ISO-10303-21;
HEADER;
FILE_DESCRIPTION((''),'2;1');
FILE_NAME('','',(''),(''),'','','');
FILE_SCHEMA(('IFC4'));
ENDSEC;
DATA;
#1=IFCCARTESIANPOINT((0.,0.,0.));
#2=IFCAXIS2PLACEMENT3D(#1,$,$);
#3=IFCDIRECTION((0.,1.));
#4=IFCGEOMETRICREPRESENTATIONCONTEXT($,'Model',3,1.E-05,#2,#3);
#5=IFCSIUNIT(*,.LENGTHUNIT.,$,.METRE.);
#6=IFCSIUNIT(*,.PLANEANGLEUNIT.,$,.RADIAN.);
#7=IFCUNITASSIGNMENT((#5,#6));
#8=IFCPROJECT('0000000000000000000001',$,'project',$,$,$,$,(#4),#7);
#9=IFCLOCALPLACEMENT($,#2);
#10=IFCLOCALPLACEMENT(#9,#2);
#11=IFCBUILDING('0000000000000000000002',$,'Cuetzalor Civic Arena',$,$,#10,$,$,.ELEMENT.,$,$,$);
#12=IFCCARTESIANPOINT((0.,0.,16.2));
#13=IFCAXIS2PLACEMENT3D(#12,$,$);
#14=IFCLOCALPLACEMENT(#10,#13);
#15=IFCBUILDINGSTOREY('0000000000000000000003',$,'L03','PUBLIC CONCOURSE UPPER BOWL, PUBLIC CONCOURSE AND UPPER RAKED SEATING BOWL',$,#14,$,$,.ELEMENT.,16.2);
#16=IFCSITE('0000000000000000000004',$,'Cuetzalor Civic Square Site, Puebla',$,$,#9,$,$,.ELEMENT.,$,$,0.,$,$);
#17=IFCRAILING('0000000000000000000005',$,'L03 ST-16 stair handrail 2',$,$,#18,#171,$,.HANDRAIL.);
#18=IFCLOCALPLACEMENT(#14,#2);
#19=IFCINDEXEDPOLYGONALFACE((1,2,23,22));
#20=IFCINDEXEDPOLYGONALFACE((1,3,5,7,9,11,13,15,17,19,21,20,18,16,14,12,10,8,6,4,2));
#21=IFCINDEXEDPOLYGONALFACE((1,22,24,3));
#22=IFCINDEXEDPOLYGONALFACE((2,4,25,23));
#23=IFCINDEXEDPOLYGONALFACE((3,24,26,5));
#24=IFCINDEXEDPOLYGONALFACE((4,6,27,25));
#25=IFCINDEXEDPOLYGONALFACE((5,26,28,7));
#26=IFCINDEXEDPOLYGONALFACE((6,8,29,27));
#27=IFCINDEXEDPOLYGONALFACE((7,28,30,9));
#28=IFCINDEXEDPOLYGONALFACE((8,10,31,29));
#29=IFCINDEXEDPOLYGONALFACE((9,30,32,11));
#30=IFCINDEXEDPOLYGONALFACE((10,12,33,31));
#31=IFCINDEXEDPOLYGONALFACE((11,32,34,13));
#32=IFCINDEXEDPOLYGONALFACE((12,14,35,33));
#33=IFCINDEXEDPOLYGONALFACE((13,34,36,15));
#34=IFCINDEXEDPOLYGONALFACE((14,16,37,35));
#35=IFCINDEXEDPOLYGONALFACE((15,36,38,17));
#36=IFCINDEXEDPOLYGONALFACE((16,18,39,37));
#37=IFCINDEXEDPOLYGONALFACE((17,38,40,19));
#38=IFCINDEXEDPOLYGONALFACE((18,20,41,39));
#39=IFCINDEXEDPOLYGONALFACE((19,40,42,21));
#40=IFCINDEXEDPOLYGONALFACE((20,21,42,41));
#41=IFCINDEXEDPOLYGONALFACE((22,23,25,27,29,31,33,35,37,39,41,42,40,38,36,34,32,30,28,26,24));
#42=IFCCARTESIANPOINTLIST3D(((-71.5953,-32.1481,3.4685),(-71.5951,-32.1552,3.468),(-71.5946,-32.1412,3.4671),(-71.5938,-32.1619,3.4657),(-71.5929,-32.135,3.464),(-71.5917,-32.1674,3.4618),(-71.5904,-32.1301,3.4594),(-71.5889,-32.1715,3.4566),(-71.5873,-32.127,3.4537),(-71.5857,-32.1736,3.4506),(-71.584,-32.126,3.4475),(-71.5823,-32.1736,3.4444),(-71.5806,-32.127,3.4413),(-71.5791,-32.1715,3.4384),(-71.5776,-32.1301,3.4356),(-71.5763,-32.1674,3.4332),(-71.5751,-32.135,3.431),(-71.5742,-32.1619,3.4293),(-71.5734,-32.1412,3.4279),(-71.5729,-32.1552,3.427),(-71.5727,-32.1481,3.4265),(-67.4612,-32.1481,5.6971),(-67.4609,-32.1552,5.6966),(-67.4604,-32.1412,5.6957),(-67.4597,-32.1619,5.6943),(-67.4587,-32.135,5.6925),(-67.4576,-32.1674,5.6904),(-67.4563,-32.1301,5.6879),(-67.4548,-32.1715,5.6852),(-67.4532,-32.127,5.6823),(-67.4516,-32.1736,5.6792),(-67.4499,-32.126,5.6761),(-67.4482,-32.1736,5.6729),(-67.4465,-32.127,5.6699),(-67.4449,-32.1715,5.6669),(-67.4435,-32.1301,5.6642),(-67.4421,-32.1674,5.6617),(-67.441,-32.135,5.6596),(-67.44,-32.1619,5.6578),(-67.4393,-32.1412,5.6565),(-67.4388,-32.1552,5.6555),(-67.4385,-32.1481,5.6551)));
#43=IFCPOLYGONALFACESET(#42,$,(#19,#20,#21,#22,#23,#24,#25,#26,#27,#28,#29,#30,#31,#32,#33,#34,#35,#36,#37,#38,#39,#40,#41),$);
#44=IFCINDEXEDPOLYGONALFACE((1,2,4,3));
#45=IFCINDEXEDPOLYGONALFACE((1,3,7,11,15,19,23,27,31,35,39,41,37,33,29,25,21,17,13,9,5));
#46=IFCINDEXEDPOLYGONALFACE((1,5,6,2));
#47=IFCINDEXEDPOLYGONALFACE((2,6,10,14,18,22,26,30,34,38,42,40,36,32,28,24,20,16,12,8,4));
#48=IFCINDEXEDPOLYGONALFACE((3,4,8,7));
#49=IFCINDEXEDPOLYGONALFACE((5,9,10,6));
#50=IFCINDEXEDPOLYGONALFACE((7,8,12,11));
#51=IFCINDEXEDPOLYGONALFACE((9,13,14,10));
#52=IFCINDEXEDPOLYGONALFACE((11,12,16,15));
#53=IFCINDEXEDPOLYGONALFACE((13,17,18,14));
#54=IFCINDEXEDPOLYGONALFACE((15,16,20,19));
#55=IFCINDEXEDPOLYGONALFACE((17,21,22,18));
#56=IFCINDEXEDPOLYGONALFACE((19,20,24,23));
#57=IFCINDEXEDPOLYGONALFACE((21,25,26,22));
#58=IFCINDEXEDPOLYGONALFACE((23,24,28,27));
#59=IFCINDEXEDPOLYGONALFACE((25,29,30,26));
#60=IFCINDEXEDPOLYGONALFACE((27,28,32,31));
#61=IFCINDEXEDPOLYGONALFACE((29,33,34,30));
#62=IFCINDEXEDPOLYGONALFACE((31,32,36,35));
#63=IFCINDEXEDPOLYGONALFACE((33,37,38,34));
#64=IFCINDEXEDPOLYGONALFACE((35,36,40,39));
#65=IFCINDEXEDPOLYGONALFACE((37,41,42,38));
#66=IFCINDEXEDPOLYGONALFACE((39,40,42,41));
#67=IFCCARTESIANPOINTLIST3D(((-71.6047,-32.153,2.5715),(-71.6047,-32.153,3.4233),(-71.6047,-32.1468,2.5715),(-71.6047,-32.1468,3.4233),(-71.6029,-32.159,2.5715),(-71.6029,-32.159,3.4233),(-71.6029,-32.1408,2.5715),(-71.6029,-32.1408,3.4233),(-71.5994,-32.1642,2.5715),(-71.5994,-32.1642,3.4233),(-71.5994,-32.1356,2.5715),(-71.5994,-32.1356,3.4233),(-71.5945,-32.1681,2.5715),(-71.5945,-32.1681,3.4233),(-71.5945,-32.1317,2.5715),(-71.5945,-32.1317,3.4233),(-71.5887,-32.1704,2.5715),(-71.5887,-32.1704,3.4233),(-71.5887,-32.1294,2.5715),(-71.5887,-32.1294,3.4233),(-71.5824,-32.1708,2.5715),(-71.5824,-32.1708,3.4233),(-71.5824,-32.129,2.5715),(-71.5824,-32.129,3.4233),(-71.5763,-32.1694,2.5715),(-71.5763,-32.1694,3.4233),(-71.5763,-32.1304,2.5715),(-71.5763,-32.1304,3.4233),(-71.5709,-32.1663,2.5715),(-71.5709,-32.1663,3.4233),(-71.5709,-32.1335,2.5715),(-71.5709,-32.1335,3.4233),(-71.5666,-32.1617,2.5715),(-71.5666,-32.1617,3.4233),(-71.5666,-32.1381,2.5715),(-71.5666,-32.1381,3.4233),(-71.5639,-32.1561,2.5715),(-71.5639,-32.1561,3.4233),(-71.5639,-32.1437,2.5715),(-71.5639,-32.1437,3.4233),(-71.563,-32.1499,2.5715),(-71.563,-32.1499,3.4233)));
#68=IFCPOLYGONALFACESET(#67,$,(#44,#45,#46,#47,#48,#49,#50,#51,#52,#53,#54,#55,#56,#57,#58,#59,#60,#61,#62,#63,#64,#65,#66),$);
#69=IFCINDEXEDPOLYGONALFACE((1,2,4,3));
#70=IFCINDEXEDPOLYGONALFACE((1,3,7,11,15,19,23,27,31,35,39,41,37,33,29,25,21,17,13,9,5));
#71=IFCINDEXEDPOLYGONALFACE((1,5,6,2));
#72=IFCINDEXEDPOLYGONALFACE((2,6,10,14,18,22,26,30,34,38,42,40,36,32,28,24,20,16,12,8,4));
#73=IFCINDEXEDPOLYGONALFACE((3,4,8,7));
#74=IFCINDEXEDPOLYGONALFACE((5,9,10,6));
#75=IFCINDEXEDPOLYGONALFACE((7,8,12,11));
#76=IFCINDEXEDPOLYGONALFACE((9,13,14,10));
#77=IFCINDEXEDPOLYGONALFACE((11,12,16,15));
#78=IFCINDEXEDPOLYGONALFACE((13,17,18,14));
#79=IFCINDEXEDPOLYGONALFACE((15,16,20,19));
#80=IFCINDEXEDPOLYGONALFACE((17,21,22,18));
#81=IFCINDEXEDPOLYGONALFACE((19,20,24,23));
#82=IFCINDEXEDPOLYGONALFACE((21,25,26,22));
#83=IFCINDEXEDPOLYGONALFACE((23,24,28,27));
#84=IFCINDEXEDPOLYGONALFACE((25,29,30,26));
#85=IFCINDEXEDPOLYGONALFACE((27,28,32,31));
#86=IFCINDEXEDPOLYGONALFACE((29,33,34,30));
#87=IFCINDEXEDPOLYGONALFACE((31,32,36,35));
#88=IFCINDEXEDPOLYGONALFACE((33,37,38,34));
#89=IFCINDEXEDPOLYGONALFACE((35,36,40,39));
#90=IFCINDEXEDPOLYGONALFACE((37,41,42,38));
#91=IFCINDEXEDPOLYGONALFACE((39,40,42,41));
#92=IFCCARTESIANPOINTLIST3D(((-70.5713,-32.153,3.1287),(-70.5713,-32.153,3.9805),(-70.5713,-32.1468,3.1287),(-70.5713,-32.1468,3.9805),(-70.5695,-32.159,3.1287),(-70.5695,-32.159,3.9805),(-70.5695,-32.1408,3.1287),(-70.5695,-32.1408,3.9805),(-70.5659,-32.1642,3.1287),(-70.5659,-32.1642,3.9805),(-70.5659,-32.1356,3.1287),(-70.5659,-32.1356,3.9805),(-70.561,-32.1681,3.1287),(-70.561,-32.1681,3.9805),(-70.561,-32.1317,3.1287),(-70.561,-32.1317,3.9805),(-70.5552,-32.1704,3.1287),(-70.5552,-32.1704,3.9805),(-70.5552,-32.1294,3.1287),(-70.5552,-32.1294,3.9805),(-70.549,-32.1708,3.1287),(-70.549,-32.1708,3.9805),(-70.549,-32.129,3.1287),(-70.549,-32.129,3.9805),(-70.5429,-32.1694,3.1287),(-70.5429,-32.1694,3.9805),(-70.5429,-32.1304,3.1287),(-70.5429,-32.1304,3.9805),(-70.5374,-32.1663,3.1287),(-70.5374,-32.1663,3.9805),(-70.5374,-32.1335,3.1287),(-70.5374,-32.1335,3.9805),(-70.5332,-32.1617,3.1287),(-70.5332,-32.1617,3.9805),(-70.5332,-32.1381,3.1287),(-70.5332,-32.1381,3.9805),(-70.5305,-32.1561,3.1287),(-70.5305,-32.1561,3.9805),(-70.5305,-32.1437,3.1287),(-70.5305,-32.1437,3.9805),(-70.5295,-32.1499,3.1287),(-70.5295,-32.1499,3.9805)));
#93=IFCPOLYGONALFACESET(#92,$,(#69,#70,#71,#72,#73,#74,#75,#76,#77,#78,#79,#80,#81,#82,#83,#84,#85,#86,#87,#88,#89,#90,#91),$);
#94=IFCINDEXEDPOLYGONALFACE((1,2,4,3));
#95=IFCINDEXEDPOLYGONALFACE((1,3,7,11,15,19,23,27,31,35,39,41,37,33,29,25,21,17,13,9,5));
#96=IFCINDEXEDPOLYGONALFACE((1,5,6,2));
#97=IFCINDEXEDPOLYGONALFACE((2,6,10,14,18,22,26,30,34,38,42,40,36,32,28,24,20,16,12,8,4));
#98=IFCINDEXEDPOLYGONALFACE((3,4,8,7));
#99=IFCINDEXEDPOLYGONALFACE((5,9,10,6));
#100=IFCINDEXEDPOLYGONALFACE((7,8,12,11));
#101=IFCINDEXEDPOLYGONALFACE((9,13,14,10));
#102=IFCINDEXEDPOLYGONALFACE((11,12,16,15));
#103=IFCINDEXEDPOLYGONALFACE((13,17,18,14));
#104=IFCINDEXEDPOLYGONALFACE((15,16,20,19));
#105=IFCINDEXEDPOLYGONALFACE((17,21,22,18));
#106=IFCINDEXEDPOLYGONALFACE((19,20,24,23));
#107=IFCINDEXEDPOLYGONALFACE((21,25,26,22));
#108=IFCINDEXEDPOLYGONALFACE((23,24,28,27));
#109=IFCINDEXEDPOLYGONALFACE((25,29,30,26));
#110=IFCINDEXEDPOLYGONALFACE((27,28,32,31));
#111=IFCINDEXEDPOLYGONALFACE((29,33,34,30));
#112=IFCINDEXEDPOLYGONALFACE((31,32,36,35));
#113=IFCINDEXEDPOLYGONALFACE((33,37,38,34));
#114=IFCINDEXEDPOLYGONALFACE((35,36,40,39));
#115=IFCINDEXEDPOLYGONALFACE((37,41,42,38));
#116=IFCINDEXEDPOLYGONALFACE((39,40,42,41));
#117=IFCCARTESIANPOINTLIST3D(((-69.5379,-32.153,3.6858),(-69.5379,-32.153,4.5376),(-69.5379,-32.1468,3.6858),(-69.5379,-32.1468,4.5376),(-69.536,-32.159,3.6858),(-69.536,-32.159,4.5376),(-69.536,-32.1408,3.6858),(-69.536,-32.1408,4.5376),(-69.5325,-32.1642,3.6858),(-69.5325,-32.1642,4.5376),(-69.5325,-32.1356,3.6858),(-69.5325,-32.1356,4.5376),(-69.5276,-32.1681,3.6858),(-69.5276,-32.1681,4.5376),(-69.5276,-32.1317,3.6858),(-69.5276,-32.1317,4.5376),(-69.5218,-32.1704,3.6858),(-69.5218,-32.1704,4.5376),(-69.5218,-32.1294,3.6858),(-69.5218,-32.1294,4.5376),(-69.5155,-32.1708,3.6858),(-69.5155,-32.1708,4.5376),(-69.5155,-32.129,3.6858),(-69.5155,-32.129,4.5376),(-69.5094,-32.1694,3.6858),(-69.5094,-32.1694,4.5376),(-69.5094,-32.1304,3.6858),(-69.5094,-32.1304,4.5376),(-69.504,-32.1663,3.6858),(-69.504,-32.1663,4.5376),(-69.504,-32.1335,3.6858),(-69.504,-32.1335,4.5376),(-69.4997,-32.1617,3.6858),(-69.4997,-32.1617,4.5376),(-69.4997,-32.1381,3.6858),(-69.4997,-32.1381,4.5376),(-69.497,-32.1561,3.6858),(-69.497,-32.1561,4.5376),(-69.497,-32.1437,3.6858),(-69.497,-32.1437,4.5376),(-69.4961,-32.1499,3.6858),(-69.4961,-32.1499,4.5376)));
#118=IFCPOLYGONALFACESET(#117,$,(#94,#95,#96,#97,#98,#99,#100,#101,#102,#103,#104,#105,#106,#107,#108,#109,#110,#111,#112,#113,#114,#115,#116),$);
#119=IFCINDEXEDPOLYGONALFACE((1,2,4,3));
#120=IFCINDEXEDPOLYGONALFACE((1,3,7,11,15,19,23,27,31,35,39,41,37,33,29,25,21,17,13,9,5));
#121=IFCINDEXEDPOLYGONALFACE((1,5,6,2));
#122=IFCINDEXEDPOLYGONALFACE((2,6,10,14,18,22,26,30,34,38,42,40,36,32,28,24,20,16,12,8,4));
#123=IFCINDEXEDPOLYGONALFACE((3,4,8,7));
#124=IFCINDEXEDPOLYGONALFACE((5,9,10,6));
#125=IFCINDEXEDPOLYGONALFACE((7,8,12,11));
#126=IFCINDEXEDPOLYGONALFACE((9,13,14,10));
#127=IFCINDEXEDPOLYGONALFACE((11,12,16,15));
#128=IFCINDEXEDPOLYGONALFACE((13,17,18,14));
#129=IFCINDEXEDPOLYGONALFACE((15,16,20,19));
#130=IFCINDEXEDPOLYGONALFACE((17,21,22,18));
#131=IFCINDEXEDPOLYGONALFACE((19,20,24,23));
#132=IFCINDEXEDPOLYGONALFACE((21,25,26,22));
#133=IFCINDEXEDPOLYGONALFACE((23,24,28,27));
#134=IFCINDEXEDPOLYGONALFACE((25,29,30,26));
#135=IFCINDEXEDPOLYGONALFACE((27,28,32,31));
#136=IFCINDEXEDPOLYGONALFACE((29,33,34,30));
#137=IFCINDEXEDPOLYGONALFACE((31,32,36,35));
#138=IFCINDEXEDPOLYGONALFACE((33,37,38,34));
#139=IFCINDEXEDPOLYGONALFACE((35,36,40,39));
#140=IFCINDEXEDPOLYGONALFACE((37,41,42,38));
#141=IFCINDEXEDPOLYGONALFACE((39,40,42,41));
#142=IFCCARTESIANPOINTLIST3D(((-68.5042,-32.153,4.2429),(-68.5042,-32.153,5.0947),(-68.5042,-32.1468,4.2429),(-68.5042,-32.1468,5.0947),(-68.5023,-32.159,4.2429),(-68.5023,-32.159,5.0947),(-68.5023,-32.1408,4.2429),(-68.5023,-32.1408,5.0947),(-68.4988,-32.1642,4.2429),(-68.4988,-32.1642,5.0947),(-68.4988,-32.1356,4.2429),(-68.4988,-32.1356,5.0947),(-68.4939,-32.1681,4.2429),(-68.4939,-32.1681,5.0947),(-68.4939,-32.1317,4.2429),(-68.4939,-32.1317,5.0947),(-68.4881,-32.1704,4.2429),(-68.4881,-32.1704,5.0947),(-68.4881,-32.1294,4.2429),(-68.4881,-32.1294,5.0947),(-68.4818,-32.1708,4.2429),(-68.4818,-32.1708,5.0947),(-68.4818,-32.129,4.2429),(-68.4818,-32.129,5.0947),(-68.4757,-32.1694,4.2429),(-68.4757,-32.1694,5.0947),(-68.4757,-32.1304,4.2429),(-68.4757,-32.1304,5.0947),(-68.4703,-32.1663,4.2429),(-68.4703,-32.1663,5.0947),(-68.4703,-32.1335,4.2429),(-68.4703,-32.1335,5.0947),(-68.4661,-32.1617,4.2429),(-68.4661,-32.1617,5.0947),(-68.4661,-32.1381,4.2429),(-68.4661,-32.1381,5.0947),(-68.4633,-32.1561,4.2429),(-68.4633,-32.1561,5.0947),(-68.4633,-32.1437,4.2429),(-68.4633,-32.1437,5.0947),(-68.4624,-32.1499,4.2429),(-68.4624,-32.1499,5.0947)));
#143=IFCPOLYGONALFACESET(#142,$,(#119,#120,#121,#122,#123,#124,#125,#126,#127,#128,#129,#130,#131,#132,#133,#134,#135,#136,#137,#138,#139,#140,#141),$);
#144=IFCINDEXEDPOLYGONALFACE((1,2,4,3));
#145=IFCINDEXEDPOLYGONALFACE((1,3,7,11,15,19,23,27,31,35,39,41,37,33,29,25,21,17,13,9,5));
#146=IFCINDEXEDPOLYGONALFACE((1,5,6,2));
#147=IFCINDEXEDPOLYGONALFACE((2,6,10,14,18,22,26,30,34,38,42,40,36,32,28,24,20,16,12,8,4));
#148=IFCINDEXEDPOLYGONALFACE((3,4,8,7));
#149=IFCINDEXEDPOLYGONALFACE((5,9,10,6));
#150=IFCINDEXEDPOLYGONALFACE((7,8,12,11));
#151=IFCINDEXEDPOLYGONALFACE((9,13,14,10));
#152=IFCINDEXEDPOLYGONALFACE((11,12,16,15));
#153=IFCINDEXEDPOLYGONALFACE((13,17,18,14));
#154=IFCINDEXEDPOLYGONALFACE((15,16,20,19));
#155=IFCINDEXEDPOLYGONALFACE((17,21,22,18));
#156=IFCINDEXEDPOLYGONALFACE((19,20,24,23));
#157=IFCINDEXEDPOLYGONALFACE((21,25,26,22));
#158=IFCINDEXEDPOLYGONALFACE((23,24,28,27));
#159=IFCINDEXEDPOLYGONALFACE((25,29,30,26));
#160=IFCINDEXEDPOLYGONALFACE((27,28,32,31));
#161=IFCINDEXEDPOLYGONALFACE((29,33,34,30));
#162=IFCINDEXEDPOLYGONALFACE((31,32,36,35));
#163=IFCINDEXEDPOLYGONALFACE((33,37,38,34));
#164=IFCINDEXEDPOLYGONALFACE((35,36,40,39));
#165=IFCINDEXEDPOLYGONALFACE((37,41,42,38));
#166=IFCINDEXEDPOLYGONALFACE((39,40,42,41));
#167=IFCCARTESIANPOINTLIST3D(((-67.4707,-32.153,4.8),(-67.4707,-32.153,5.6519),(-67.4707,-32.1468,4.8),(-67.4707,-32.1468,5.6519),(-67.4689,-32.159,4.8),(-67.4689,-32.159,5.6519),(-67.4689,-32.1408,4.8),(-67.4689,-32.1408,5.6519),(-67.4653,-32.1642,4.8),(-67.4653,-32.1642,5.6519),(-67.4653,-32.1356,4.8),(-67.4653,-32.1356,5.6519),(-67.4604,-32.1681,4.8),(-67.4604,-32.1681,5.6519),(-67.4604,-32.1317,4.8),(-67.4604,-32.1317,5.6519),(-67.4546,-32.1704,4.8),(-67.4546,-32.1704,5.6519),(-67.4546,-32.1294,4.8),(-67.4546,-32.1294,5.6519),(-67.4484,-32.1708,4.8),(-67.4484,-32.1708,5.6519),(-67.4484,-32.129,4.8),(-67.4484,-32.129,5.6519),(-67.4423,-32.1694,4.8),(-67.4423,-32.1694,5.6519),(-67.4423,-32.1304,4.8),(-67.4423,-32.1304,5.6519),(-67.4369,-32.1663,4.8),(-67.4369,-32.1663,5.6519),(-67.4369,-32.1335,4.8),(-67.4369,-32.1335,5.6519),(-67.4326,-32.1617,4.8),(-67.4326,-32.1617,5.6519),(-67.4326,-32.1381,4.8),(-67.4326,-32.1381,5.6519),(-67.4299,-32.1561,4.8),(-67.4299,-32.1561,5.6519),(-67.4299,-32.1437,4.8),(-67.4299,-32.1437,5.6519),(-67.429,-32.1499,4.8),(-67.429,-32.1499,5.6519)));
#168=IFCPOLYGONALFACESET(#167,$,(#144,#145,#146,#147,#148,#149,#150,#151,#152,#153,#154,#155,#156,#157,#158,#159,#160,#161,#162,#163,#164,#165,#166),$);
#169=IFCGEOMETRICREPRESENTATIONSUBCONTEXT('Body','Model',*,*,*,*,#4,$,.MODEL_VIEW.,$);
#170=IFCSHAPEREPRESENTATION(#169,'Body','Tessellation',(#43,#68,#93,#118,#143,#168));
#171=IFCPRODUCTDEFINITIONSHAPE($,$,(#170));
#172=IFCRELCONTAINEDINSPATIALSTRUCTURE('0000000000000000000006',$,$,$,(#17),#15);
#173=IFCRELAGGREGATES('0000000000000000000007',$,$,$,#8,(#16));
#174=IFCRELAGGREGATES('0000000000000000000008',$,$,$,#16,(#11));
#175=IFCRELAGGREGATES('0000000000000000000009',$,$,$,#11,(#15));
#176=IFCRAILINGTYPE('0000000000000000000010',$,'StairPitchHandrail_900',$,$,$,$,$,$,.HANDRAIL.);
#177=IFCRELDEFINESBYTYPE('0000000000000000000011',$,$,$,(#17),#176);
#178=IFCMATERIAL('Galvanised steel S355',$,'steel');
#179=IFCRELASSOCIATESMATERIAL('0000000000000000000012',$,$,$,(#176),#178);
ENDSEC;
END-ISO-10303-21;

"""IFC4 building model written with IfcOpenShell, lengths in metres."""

from ifc_helpers import new_model, si_unit, direction, frame, origin, origin_2d, place, context, subcontext, project, spatial, circle, extrude, material, type_object, element, save


model = new_model("IFC4")

# Units and contexts
model_context = context("Model", 3, precision=1e-05, world=origin(), true_north=direction((0.0, 1.0)))
body_context = subcontext(model_context, "Body", "Model", "MODEL_VIEW")
ifc_project = project(units=[si_unit("LENGTHUNIT", "METRE"), si_unit("PLANEANGLEUNIT", "RADIAN")], contexts=[model_context])

# Site, building, storey
site_placement = place(None, origin())
site = spatial("IfcSite", under=ifc_project, at=site_placement, Name="Cuetzalor Civic Square Site, Puebla", CompositionType="ELEMENT", RefElevation=0.0)
building_placement = place(site_placement, origin())
building = spatial("IfcBuilding", under=site, at=building_placement, Name="Cuetzalor Civic Arena", CompositionType="ELEMENT")
storey_placement = place(building_placement, frame((0.0, 0.0, 16.2)))
storey = spatial("IfcBuildingStorey", under=building, at=storey_placement, Name="L03", Description="PUBLIC CONCOURSE UPPER BOWL, PUBLIC CONCOURSE AND UPPER RAKED SEATING BOWL", CompositionType="ELEMENT", Elevation=16.2)

# Railing
ifc_material_1 = material(Name="Galvanised steel S355", Category="steel")
railing_type_1 = type_object("IfcRailingType", Name="StairPitchHandrail_900", PredefinedType="HANDRAIL", material=ifc_material_1)
railing_1_placement = place(storey_placement, frame((-71.584, -32.1499, 2.5715)))
element("IfcRailing", 1, at=railing_1_placement, inside=storey, type_object=railing_type_1, Name="L03 ST-16 stair handrail 2", PredefinedType="HANDRAIL", context=body_context, shape_type="SweptSolid", body=[
    extrude(circle(Radius=0.0239, at=origin_2d()), frame((0.0, 0.0, 0.876), z_axis=(0.880249, 0.0, 0.474512), x_axis=(0.0, 1.0, 0.0)), (0.0, 0.0, 1.0), 4.6965),
    extrude(circle(Radius=0.021, at=origin_2d()), origin(), (0.0, 0.0, 1.0), 0.8518),
    extrude(circle(Radius=0.021, at=origin_2d()), frame((1.0334, 0.0, 0.5571)), (0.0, 0.0, 1.0), 0.8518),
    extrude(circle(Radius=0.021, at=origin_2d()), frame((2.0669, 0.0, 1.1143)), (0.0, 0.0, 1.0), 0.8518),
    extrude(circle(Radius=0.021, at=origin_2d()), frame((3.1006, 0.0, 1.6714)), (0.0, 0.0, 1.0), 0.8518),
    extrude(circle(Radius=0.021, at=origin_2d()), frame((4.134, 0.0, 2.2285)), (0.0, 0.0, 1.0), 0.8518),
])

save(model, "model.ifc")
